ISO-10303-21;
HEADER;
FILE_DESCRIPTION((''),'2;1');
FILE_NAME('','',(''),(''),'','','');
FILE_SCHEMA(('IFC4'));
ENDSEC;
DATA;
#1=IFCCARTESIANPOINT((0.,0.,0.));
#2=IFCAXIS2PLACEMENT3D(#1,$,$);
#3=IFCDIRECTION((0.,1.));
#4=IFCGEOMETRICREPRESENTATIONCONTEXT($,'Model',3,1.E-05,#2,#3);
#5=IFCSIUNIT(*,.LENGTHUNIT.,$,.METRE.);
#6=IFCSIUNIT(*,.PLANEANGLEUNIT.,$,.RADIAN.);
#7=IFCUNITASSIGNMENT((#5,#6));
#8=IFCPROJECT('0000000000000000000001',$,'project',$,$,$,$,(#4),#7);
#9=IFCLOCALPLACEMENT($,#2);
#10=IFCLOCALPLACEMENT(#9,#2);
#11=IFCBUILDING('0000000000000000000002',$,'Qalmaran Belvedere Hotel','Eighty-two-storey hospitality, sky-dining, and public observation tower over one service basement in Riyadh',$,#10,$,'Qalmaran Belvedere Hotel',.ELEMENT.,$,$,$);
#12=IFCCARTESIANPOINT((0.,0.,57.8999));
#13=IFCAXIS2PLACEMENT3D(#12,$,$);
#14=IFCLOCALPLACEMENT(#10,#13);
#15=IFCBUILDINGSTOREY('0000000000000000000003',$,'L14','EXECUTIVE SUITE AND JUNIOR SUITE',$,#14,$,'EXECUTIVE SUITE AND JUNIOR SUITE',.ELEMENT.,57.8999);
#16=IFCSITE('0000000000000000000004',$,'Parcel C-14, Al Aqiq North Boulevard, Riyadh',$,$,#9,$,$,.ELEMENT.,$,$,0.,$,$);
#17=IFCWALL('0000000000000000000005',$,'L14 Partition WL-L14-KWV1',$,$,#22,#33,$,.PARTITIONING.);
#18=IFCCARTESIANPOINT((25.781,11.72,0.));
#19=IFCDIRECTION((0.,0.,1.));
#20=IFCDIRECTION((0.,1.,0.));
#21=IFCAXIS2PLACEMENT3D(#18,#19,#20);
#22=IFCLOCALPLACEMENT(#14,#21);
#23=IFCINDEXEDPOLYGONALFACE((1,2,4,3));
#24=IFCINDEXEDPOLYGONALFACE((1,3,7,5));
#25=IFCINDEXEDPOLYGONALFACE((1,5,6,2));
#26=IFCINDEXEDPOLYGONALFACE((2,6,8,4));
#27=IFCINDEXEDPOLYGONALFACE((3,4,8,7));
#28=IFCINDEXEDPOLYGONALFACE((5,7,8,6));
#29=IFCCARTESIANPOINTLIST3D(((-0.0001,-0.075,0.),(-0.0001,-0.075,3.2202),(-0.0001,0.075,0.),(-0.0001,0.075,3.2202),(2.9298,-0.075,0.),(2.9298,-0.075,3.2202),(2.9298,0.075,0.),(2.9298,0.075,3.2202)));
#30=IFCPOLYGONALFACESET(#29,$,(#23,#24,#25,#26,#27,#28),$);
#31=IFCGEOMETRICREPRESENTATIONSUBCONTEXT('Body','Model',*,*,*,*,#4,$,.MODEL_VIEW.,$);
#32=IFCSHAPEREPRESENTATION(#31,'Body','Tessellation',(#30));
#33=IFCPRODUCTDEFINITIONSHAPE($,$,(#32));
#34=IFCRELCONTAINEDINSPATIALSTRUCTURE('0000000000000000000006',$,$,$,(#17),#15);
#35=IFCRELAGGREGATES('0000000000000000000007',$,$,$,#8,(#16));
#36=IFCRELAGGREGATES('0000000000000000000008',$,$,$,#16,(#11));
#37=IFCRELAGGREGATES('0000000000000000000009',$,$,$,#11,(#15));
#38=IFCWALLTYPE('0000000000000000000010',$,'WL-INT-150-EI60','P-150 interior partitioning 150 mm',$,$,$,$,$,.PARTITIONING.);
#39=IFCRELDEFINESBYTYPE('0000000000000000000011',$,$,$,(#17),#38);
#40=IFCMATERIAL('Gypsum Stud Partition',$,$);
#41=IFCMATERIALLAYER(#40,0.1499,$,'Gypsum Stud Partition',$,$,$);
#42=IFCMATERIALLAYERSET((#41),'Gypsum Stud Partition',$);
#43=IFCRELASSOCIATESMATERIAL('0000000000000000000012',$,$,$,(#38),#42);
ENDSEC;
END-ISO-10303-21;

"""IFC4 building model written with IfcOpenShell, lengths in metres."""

from ifc_helpers import new_model, si_unit, direction, frame, frame_2d, origin, place, context, subcontext, project, spatial, rectangle, extrude, material, layer, layer_set, type_object, element, save


model = new_model("IFC4")

# Units and contexts
model_context = context("Model", 3, precision=1e-05, world=origin(), true_north=direction((0.0, 1.0)))
body_context = subcontext(model_context, "Body", "Model", "MODEL_VIEW")
ifc_project = project(units=[si_unit("LENGTHUNIT", "METRE"), si_unit("PLANEANGLEUNIT", "RADIAN")], contexts=[model_context])

# Site, building, storey
site_placement = place(None, origin())
site = spatial("IfcSite", under=ifc_project, at=site_placement, Name="Parcel C-14, Al Aqiq North Boulevard, Riyadh", CompositionType="ELEMENT", RefElevation=0.0)
building_placement = place(site_placement, origin())
building = spatial("IfcBuilding", under=site, at=building_placement, Name="Qalmaran Belvedere Hotel", Description="Eighty-two-storey hospitality, sky-dining, and public observation tower over one service basement in Riyadh", LongName="Qalmaran Belvedere Hotel", CompositionType="ELEMENT")
storey_placement = place(building_placement, frame((0.0, 0.0, 57.8999)))
storey = spatial("IfcBuildingStorey", under=building, at=storey_placement, Name="L14", Description="EXECUTIVE SUITE AND JUNIOR SUITE", LongName="EXECUTIVE SUITE AND JUNIOR SUITE", CompositionType="ELEMENT", Elevation=57.8999)

# Wall
ifc_material_1 = material(Name="Gypsum Stud Partition")
ifc_layer_1 = layer(ifc_material_1, 0.1499, Name="Gypsum Stud Partition")
ifc_layer_set_1 = layer_set([ifc_layer_1], Name="Gypsum Stud Partition")
wall_type_1 = type_object("IfcWallType", Name="WL-INT-150-EI60", Description="P-150 interior partitioning 150 mm", PredefinedType="PARTITIONING", material=ifc_layer_set_1)
wall_1_placement = place(storey_placement, frame((25.781, 11.72, 0.0), z_axis=(0.0, 0.0, 1.0), x_axis=(0.0, 1.0, 0.0)))
element("IfcWall", 1, at=wall_1_placement, inside=storey, type_object=wall_type_1, Name="L14 Partition WL-L14-KWV1", PredefinedType="PARTITIONING", context=body_context, shape_type="SweptSolid", body=[
    extrude(rectangle(XDim=2.9299, YDim=0.1499, at=frame_2d((1.4648, 0.0))), origin(), (0.0, 0.0, 1.0), 3.2202),
])

save(model, "model.ifc")
